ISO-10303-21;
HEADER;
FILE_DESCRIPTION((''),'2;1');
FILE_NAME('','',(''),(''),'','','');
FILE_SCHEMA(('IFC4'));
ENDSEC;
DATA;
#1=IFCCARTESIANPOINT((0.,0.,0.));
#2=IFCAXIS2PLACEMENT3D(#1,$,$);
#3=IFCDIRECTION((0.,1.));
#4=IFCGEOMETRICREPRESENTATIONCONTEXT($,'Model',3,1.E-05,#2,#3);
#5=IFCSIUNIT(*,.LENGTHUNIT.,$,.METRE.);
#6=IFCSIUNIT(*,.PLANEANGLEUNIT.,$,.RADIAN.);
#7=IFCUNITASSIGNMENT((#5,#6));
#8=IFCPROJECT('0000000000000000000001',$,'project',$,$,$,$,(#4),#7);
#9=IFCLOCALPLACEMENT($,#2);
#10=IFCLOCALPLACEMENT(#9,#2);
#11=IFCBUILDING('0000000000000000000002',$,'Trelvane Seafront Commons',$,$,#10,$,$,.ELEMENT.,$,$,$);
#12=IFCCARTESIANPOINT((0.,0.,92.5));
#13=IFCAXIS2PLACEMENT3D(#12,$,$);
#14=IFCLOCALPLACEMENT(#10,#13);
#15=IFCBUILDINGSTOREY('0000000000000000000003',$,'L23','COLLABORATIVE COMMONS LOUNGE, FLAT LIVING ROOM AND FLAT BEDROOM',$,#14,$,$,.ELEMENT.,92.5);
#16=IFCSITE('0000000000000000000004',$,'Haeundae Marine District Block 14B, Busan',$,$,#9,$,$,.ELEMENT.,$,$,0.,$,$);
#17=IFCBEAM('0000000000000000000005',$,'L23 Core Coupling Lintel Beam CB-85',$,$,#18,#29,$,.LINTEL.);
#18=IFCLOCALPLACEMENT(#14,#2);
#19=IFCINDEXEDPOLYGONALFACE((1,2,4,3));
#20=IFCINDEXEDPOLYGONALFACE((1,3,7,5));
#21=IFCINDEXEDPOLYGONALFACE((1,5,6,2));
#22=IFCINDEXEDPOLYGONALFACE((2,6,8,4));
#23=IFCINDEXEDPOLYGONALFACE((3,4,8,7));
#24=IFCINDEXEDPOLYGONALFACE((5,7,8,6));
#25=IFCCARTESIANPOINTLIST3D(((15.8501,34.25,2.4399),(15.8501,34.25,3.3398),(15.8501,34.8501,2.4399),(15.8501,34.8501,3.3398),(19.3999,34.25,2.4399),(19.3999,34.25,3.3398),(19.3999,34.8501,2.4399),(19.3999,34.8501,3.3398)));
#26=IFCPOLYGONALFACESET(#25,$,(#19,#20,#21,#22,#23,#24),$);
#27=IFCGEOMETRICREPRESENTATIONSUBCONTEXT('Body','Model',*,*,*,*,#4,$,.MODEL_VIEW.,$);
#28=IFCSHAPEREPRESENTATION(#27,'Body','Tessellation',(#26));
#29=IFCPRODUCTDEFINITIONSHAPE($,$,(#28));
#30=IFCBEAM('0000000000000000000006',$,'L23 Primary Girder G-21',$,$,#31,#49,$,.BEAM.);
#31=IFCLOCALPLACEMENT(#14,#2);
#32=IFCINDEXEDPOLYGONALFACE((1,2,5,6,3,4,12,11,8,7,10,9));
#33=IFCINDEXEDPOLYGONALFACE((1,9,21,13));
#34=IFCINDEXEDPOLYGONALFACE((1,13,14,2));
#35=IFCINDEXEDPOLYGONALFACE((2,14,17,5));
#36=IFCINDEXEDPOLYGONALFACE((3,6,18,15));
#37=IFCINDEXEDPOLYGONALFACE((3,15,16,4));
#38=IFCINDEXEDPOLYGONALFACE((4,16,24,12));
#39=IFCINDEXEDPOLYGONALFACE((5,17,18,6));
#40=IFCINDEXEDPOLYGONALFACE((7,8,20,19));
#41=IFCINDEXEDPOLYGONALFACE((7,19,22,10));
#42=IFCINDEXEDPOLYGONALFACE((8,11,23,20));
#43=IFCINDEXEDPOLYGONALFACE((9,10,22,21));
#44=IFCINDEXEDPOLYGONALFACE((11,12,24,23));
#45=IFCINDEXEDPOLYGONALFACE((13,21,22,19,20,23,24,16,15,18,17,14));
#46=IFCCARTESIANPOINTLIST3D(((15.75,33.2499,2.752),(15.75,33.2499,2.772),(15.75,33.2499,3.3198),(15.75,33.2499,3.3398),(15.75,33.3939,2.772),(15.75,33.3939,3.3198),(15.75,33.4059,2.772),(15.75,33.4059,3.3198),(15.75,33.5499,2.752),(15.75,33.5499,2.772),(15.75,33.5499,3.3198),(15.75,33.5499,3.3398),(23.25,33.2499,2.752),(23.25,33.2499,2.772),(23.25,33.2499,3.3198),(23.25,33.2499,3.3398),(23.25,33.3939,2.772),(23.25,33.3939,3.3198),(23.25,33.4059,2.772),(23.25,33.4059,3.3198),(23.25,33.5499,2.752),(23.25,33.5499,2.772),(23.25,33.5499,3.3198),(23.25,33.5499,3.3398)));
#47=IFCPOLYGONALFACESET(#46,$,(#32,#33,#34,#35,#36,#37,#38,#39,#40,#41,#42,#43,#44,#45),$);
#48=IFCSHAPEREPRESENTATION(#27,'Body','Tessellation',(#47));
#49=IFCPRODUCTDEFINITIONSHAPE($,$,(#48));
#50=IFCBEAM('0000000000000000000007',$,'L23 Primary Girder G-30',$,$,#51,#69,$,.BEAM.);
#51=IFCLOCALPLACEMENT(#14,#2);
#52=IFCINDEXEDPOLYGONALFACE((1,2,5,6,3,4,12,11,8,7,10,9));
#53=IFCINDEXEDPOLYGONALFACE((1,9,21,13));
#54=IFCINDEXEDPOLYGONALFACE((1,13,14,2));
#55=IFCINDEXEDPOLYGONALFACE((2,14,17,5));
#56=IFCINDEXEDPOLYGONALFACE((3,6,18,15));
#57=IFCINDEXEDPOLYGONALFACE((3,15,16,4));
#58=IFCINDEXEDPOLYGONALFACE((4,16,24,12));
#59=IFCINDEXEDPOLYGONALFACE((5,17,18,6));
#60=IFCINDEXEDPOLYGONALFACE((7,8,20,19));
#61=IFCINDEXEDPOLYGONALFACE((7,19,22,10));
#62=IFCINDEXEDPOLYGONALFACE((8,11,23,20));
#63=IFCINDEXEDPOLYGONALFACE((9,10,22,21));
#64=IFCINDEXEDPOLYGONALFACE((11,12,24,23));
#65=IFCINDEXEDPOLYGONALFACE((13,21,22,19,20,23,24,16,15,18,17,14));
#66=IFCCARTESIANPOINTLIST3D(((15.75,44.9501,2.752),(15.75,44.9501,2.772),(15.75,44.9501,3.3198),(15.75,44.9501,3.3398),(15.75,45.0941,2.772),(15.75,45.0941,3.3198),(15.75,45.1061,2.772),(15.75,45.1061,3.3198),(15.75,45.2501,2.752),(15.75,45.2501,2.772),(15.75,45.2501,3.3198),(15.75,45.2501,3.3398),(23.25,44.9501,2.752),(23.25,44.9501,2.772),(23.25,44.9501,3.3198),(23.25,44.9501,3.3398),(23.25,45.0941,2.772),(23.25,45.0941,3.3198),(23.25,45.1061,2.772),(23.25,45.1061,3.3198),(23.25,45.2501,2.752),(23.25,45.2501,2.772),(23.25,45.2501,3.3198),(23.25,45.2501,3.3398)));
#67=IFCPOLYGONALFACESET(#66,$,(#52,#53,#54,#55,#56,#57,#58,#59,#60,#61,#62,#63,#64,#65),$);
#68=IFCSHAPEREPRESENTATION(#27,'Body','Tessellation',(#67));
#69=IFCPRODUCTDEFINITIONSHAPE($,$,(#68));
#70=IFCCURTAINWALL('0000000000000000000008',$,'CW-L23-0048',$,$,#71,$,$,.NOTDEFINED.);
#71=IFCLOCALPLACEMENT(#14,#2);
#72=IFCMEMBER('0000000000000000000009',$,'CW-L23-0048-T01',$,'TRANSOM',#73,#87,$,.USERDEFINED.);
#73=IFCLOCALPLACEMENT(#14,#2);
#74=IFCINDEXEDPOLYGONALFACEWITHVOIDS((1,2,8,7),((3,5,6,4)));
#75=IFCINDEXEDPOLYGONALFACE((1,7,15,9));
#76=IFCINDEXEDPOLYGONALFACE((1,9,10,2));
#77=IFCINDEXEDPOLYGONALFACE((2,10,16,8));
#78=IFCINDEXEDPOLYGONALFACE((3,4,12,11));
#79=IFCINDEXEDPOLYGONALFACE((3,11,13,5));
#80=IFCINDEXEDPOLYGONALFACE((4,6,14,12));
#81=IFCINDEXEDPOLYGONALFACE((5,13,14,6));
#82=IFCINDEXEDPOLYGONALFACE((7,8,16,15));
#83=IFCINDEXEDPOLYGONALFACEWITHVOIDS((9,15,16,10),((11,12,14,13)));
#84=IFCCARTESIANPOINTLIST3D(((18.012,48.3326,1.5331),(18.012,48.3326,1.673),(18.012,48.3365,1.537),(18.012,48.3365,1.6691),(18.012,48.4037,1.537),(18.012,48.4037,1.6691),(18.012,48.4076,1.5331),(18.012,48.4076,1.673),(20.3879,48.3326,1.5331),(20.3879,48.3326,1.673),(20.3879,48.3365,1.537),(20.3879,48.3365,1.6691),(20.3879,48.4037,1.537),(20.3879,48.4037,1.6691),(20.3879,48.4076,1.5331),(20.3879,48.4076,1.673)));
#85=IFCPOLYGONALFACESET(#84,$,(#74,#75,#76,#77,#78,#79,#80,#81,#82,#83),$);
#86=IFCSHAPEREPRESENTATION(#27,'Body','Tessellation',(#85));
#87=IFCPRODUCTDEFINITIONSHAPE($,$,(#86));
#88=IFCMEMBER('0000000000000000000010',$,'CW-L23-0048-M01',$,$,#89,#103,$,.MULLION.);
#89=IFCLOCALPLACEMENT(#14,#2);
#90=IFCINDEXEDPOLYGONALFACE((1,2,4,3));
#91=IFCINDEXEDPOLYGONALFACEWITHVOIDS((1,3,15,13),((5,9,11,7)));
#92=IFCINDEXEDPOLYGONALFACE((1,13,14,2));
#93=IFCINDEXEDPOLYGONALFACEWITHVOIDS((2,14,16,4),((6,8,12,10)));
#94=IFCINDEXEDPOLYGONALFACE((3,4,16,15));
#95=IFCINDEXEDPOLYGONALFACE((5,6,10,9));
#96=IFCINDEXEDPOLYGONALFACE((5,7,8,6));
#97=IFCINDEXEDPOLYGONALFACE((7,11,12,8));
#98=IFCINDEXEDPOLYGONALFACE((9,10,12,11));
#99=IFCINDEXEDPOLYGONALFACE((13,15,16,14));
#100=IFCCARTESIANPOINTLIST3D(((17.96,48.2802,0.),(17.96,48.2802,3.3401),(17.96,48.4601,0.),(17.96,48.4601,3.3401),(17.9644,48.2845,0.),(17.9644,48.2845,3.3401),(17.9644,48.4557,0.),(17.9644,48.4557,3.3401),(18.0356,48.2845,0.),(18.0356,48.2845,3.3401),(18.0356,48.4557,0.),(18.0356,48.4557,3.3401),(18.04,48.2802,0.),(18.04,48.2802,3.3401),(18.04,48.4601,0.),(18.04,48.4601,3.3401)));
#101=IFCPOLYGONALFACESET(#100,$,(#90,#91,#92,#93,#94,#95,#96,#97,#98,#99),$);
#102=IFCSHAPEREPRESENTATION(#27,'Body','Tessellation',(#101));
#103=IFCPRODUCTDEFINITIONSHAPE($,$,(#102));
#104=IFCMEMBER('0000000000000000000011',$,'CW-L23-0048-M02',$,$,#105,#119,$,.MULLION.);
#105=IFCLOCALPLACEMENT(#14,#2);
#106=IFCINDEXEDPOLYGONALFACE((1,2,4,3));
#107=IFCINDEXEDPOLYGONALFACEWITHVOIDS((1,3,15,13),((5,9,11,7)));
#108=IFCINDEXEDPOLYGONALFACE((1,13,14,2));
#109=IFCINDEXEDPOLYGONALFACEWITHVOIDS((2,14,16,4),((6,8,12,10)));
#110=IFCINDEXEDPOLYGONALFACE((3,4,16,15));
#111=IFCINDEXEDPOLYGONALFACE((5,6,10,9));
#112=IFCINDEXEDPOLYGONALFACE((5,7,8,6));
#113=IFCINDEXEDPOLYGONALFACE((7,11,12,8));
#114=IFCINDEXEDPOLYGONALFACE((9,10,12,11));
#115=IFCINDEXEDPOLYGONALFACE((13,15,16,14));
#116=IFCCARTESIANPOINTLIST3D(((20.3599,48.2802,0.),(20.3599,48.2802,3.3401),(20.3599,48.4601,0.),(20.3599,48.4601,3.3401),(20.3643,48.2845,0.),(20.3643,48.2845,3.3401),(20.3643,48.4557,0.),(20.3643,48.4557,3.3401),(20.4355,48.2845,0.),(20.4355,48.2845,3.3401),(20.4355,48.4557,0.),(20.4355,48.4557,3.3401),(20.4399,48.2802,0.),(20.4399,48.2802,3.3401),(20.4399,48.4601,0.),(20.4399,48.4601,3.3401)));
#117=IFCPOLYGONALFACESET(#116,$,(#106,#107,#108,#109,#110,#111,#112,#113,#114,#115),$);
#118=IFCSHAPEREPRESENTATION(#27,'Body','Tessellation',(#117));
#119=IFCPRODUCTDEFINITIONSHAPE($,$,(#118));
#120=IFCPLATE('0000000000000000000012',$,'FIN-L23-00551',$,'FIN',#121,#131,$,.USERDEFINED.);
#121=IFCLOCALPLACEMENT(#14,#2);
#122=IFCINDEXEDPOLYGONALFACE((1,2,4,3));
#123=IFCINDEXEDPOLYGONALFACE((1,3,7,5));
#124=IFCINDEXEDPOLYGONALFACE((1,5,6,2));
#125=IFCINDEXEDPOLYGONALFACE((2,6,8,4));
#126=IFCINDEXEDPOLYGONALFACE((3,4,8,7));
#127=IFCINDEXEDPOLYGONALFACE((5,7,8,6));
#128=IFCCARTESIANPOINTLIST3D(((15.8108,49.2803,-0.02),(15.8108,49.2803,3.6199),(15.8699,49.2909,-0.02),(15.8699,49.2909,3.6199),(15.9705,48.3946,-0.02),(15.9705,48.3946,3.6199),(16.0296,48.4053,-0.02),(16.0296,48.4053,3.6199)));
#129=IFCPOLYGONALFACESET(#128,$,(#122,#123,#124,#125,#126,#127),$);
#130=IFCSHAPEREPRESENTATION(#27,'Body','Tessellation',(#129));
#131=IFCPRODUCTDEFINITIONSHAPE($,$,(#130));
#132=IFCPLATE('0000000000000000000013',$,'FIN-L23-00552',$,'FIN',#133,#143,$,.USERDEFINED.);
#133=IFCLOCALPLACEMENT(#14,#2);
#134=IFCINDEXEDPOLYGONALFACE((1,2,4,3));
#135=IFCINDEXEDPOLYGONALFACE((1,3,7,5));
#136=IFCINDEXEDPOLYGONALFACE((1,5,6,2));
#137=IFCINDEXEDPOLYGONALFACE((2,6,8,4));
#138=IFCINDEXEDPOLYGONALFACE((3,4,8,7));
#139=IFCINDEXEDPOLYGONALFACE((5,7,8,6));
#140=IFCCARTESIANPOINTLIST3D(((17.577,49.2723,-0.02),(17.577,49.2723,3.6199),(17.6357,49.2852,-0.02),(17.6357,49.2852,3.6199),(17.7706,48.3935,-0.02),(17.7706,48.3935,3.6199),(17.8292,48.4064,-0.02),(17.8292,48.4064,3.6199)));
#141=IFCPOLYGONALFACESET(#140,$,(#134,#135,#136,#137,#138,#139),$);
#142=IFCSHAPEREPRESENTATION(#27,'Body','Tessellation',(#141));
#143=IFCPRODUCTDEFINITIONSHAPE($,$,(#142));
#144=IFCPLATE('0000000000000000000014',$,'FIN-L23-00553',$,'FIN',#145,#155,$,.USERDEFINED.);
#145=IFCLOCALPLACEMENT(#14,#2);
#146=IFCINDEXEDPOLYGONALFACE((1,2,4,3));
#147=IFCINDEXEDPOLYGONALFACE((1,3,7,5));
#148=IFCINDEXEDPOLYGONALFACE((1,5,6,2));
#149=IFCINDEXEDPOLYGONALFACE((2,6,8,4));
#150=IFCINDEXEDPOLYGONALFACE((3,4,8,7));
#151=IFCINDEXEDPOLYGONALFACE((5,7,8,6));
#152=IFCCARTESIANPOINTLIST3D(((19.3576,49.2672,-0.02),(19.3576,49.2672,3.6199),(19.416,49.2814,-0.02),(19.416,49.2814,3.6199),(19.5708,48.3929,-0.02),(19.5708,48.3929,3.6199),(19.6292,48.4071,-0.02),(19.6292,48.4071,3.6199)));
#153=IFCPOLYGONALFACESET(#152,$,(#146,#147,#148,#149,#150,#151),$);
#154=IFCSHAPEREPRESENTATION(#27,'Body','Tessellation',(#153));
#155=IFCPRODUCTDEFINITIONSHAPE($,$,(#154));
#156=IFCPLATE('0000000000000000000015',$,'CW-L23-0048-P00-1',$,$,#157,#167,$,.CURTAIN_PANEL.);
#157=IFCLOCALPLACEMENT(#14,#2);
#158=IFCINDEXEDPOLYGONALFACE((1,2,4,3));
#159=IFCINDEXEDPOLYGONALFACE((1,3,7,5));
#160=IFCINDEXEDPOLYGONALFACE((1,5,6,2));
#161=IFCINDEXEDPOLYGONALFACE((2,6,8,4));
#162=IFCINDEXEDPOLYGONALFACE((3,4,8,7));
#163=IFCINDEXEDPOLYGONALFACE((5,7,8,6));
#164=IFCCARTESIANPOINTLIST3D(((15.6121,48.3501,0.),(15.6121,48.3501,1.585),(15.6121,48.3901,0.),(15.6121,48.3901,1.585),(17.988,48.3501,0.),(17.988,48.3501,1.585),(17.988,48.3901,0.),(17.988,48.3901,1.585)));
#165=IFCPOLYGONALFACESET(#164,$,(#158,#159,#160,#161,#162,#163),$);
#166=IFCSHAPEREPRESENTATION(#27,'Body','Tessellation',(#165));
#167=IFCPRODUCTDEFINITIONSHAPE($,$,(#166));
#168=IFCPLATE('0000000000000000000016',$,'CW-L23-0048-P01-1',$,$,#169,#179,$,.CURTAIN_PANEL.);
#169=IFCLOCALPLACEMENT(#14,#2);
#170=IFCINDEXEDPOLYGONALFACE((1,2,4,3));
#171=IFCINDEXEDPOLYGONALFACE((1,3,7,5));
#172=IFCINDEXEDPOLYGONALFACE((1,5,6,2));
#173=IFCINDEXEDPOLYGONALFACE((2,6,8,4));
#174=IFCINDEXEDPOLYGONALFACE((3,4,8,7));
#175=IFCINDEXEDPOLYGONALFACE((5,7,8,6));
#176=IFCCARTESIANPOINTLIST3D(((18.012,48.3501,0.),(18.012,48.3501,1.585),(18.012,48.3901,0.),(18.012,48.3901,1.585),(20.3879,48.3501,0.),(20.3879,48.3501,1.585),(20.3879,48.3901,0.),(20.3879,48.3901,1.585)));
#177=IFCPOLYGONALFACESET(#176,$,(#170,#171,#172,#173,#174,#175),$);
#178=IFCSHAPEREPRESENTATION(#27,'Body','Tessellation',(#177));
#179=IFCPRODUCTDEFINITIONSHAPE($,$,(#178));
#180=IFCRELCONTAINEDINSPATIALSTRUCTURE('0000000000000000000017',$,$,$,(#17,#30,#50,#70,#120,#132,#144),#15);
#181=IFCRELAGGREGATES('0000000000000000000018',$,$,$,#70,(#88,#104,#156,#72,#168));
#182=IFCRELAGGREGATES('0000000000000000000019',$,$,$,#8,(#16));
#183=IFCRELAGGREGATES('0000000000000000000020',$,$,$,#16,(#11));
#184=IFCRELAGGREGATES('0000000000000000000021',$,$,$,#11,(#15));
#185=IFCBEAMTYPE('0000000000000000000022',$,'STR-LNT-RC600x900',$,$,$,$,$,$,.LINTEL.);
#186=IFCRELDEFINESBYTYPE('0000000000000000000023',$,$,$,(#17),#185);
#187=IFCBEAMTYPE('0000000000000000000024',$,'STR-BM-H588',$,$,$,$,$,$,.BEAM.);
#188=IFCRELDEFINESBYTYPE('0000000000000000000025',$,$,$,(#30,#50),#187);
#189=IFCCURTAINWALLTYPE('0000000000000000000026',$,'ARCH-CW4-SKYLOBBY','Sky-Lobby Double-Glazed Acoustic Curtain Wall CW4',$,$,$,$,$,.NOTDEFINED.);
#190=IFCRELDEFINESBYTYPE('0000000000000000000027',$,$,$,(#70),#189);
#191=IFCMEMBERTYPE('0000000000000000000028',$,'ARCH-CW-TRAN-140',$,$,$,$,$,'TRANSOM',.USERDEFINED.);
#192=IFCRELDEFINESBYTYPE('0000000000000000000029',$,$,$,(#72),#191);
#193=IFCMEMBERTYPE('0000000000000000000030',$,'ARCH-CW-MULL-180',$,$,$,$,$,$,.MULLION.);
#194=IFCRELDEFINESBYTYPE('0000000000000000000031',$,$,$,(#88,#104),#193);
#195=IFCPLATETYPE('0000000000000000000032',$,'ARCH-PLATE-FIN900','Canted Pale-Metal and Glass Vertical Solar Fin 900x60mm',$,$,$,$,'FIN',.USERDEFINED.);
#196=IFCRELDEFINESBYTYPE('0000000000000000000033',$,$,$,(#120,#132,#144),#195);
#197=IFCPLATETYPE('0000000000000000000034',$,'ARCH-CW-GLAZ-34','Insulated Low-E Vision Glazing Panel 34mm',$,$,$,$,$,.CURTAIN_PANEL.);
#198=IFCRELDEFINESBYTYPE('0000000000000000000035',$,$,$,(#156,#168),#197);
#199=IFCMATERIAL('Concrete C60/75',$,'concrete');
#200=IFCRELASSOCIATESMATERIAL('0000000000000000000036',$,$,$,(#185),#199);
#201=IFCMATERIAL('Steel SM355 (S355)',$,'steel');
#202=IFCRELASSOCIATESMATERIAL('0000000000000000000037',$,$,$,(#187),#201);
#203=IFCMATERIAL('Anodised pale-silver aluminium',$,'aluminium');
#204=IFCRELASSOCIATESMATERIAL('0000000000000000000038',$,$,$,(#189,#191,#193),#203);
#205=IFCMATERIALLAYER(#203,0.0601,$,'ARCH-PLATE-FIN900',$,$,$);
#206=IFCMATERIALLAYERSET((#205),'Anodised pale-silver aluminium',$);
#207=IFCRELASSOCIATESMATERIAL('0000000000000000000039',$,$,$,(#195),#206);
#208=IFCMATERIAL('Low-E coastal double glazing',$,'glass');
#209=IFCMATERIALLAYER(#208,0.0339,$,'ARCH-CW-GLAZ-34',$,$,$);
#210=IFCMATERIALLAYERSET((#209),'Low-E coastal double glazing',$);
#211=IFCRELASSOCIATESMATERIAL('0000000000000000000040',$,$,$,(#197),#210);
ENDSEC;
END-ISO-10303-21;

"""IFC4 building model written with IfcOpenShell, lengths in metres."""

from ifc_helpers import new_model, si_unit, direction, frame, origin, origin_2d, place, context, subcontext, project, spatial, rectangle, hollow_rectangle, i_section, extrude, source, transform, mapped, material, layer, layer_set, material_profile, profile_set, type_object, element, aggregate, save


model = new_model("IFC4")

# Units and contexts
model_context = context("Model", 3, precision=1e-05, world=origin(), true_north=direction((0.0, 1.0)))
body_context = subcontext(model_context, "Body", "Model", "MODEL_VIEW")
ifc_project = project(units=[si_unit("LENGTHUNIT", "METRE"), si_unit("PLANEANGLEUNIT", "RADIAN")], contexts=[model_context])

# Site, building, storey
site_placement = place(None, origin())
site = spatial("IfcSite", under=ifc_project, at=site_placement, Name="Haeundae Marine District Block 14B, Busan", CompositionType="ELEMENT", RefElevation=0.0)
building_placement = place(site_placement, origin())
building = spatial("IfcBuilding", under=site, at=building_placement, Name="Trelvane Seafront Commons", CompositionType="ELEMENT")
storey_placement = place(building_placement, frame((0.0, 0.0, 92.5)))
storey = spatial("IfcBuildingStorey", under=building, at=storey_placement, Name="L23", Description="COLLABORATIVE COMMONS LOUNGE, FLAT LIVING ROOM AND FLAT BEDROOM", CompositionType="ELEMENT", Elevation=92.5)

# Beams
ifc_material_1 = material(Name="Concrete C60/75", Category="concrete")
ifc_material_profile_1 = material_profile(ifc_material_1, rectangle(XDim=0.6001, YDim=0.8999, at=origin_2d()), Name="RC-600x900")
ifc_profile_set_1 = profile_set([ifc_material_profile_1], Name="Concrete C60/75")
beam_type_1 = type_object("IfcBeamType", Name="STR-LNT-RC600x900", PredefinedType="LINTEL", material=ifc_profile_set_1)
shared_shape_1 = source(origin(), body_context, "Body", "SweptSolid", [
    extrude(rectangle(XDim=0.6001, YDim=0.8999, at=origin_2d()), origin(), (0.0, 0.0, 1.0), 3.5498),
])
beam_placement = place(storey_placement, frame((15.8501, 34.55, 2.8899), z_axis=(1.0, 0.0, 0.0), x_axis=(0.0, 1.0, 0.0)))
element("IfcBeam", 1, at=beam_placement, inside=storey, type_object=beam_type_1, Name="L23 Core Coupling Lintel Beam CB-85", PredefinedType="LINTEL", context=body_context, shape_type="MappedRepresentation", body=[
    mapped(shared_shape_1, transform((0.0, 0.0, 0.0), x_axis=(1.0, 0.0, 0.0), y_axis=(0.0, 1.0, 0.0), z_axis=(0.0, 0.0, 1.0), scale=1.0)),
])
ifc_material_2 = material(Name="Steel SM355 (S355)", Category="steel")
ifc_material_profile_2 = material_profile(ifc_material_2, i_section(OverallWidth=0.3, OverallDepth=0.5879, WebThickness=0.012, FlangeThickness=0.02, at=origin_2d()), Name="H-588x300x12x20")
ifc_profile_set_2 = profile_set([ifc_material_profile_2], Name="Steel SM355 (S355)")
beam_type_2 = type_object("IfcBeamType", Name="STR-BM-H588", PredefinedType="BEAM", material=ifc_profile_set_2)
shared_shape_2 = source(origin(), body_context, "Body", "SweptSolid", [
    extrude(i_section(OverallWidth=0.3, OverallDepth=0.5879, WebThickness=0.012, FlangeThickness=0.02, at=origin_2d()), origin(), (0.0, 0.0, 1.0), 7.5),
])
for number, where, z_axis, x_axis, name in (
    (2, (15.75, 33.3999, 3.0459), (1.0, 0.0, 0.0), (0.0, 1.0, 0.0), "L23 Primary Girder G-21"),
    (3, (15.75, 45.1001, 3.0459), (1.0, 0.0, 0.0), (0.0, 1.0, 0.0), "L23 Primary Girder G-30"),
):
    element("IfcBeam", number, at=place(storey_placement, frame(where, z_axis=z_axis, x_axis=x_axis)), inside=storey, type_object=beam_type_2, Name=name, PredefinedType="BEAM", context=body_context, shape_type="MappedRepresentation", body=[
        mapped(shared_shape_2, transform((0.0, 0.0, 0.0), x_axis=(1.0, 0.0, 0.0), y_axis=(0.0, 1.0, 0.0), z_axis=(0.0, 0.0, 1.0), scale=1.0)),
    ])

# Curtain wall, members
ifc_material_3 = material(Name="Anodised pale-silver aluminium", Category="aluminium")
curtain_wall_type = type_object("IfcCurtainWallType", Name="ARCH-CW4-SKYLOBBY", Description="Sky-Lobby Double-Glazed Acoustic Curtain Wall CW4", PredefinedType="NOTDEFINED", material=ifc_material_3)
curtain_wall_placement = place(storey_placement, origin())
curtain_wall = element("IfcCurtainWall", 4, at=curtain_wall_placement, inside=storey, type_object=curtain_wall_type, Name="CW-L23-0048", PredefinedType="NOTDEFINED")
ifc_material_profile_3 = material_profile(ifc_material_3, hollow_rectangle(XDim=0.075, YDim=0.1399, WallThickness=0.0039, at=origin_2d()), Name="TRAN-75x140x4")
ifc_profile_set_3 = profile_set([ifc_material_profile_3], Name="Anodised pale-silver aluminium")
member_type_1 = type_object("IfcMemberType", Name="ARCH-CW-TRAN-140", ElementType="TRANSOM", PredefinedType="USERDEFINED", material=ifc_profile_set_3)
shared_shape_3 = source(origin(), body_context, "Body", "SweptSolid", [
    extrude(hollow_rectangle(XDim=0.075, YDim=0.1399, WallThickness=0.0039, at=origin_2d()), origin(), (0.0, 0.0, 1.0), 2.376),
])
member_1_placement = place(storey_placement, frame((18.012, 48.3701, 1.603), z_axis=(1.0, 0.0, 0.0), x_axis=(0.0, 1.0, 0.0)))
member_1 = element("IfcMember", 5, at=member_1_placement, type_object=member_type_1, Name="CW-L23-0048-T01", ObjectType="TRANSOM", PredefinedType="USERDEFINED", context=body_context, shape_type="MappedRepresentation", body=[
    mapped(shared_shape_3, transform((0.0, 0.0, 0.0), x_axis=(1.0, 0.0, 0.0), y_axis=(0.0, 1.0, 0.0), z_axis=(0.0, 0.0, 1.0), scale=1.0)),
])
ifc_material_profile_4 = material_profile(ifc_material_3, hollow_rectangle(XDim=0.0801, YDim=0.1799, WallThickness=0.0044, at=origin_2d()), Name="MULL-80x180x4.5")
ifc_profile_set_4 = profile_set([ifc_material_profile_4], Name="Anodised pale-silver aluminium")
member_type_2 = type_object("IfcMemberType", Name="ARCH-CW-MULL-180", PredefinedType="MULLION", material=ifc_profile_set_4)
shared_shape_4 = source(origin(), body_context, "Body", "SweptSolid", [
    extrude(hollow_rectangle(XDim=0.0801, YDim=0.1799, WallThickness=0.0044, at=origin_2d()), origin(), (0.0, 0.0, 1.0), 3.3401),
])
member_2_placement = place(storey_placement, frame((18.0, 48.3701, 0.0), z_axis=(0.0, 0.0, 1.0), x_axis=(1.0, 0.0, 0.0)))
member_2 = element("IfcMember", 6, at=member_2_placement, type_object=member_type_2, Name="CW-L23-0048-M01", PredefinedType="MULLION", context=body_context, shape_type="MappedRepresentation", body=[
    mapped(shared_shape_4, transform((0.0, 0.0, 0.0), x_axis=(1.0, 0.0, 0.0), y_axis=(0.0, 1.0, 0.0), z_axis=(0.0, 0.0, 1.0), scale=1.0)),
])
member_3_placement = place(storey_placement, frame((20.3999, 48.3701, 0.0), z_axis=(0.0, 0.0, 1.0), x_axis=(1.0, 0.0, 0.0)))
member_3 = element("IfcMember", 7, at=member_3_placement, type_object=member_type_2, Name="CW-L23-0048-M02", PredefinedType="MULLION", context=body_context, shape_type="MappedRepresentation", body=[
    mapped(shared_shape_4, transform((0.0, 0.0, 0.0), x_axis=(1.0, 0.0, 0.0), y_axis=(0.0, 1.0, 0.0), z_axis=(0.0, 0.0, 1.0), scale=1.0)),
])

# Plates
ifc_layer_1 = layer(ifc_material_3, 0.0601, Name="ARCH-PLATE-FIN900")
ifc_layer_set_1 = layer_set([ifc_layer_1], Name="Anodised pale-silver aluminium")
plate_type_1 = type_object("IfcPlateType", Name="ARCH-PLATE-FIN900", Description="Canted Pale-Metal and Glass Vertical Solar Fin 900x60mm", ElementType="FIN", PredefinedType="USERDEFINED", material=ifc_layer_set_1)
shared_shape_5 = source(origin(), body_context, "Body", "SweptSolid", [
    extrude(rectangle(XDim=0.8999, YDim=0.0601, at=origin_2d()), origin(), (0.0, 0.0, 1.0), 3.6399),
])
for number, where, z_axis, x_axis, name in (
    (8, (15.9202, 48.8428, -0.02), (0.0, 0.0, 1.0), (-0.177447, 0.98413, 0.0), "FIN-L23-00551"),
    (9, (17.7031, 48.8394, -0.02), (0.0, 0.0, 1.0), (-0.215119, 0.976588, 0.0), "FIN-L23-00552"),
    (10, (19.4934, 48.8372, -0.02), (0.0, 0.0, 1.0), (-0.236884, 0.971538, 0.0), "FIN-L23-00553"),
):
    element("IfcPlate", number, at=place(storey_placement, frame(where, z_axis=z_axis, x_axis=x_axis)), inside=storey, type_object=plate_type_1, Name=name, ObjectType="FIN", PredefinedType="USERDEFINED", context=body_context, shape_type="MappedRepresentation", body=[
        mapped(shared_shape_5, transform((0.0, 0.0, 0.0), x_axis=(1.0, 0.0, 0.0), y_axis=(0.0, 1.0, 0.0), z_axis=(0.0, 0.0, 1.0), scale=1.0)),
    ])

# Plates
ifc_material_4 = material(Name="Low-E coastal double glazing", Category="glass")
ifc_layer_2 = layer(ifc_material_4, 0.0339, Name="ARCH-CW-GLAZ-34")
ifc_layer_set_2 = layer_set([ifc_layer_2], Name="Low-E coastal double glazing")
plate_type_2 = type_object("IfcPlateType", Name="ARCH-CW-GLAZ-34", Description="Insulated Low-E Vision Glazing Panel 34mm", PredefinedType="CURTAIN_PANEL", material=ifc_layer_set_2)
shared_shape_6 = source(origin(), body_context, "Body", "SweptSolid", [
    extrude(rectangle(XDim=2.376, YDim=0.04, at=origin_2d()), origin(), (0.0, 0.0, 1.0), 1.585),
])
plate_1_placement = place(storey_placement, frame((16.8, 48.3701, 0.0), z_axis=(0.0, 0.0, 1.0), x_axis=(1.0, 0.0, 0.0)))
plate_1 = element("IfcPlate", 11, at=plate_1_placement, type_object=plate_type_2, Name="CW-L23-0048-P00-1", PredefinedType="CURTAIN_PANEL", context=body_context, shape_type="MappedRepresentation", body=[
    mapped(shared_shape_6, transform((0.0, 0.0, 0.0), x_axis=(1.0, 0.0, 0.0), y_axis=(0.0, 1.0, 0.0), z_axis=(0.0, 0.0, 1.0), scale=1.0)),
])
plate_2_placement = place(storey_placement, frame((19.2, 48.3701, 0.0), z_axis=(0.0, 0.0, 1.0), x_axis=(1.0, 0.0, 0.0)))
plate_2 = element("IfcPlate", 12, at=plate_2_placement, type_object=plate_type_2, Name="CW-L23-0048-P01-1", PredefinedType="CURTAIN_PANEL", context=body_context, shape_type="MappedRepresentation", body=[
    mapped(shared_shape_6, transform((0.0, 0.0, 0.0), x_axis=(1.0, 0.0, 0.0), y_axis=(0.0, 1.0, 0.0), z_axis=(0.0, 0.0, 1.0), scale=1.0)),
])
aggregate(curtain_wall, [member_2, member_3, plate_1, member_1, plate_2])

save(model, "model.ifc")
